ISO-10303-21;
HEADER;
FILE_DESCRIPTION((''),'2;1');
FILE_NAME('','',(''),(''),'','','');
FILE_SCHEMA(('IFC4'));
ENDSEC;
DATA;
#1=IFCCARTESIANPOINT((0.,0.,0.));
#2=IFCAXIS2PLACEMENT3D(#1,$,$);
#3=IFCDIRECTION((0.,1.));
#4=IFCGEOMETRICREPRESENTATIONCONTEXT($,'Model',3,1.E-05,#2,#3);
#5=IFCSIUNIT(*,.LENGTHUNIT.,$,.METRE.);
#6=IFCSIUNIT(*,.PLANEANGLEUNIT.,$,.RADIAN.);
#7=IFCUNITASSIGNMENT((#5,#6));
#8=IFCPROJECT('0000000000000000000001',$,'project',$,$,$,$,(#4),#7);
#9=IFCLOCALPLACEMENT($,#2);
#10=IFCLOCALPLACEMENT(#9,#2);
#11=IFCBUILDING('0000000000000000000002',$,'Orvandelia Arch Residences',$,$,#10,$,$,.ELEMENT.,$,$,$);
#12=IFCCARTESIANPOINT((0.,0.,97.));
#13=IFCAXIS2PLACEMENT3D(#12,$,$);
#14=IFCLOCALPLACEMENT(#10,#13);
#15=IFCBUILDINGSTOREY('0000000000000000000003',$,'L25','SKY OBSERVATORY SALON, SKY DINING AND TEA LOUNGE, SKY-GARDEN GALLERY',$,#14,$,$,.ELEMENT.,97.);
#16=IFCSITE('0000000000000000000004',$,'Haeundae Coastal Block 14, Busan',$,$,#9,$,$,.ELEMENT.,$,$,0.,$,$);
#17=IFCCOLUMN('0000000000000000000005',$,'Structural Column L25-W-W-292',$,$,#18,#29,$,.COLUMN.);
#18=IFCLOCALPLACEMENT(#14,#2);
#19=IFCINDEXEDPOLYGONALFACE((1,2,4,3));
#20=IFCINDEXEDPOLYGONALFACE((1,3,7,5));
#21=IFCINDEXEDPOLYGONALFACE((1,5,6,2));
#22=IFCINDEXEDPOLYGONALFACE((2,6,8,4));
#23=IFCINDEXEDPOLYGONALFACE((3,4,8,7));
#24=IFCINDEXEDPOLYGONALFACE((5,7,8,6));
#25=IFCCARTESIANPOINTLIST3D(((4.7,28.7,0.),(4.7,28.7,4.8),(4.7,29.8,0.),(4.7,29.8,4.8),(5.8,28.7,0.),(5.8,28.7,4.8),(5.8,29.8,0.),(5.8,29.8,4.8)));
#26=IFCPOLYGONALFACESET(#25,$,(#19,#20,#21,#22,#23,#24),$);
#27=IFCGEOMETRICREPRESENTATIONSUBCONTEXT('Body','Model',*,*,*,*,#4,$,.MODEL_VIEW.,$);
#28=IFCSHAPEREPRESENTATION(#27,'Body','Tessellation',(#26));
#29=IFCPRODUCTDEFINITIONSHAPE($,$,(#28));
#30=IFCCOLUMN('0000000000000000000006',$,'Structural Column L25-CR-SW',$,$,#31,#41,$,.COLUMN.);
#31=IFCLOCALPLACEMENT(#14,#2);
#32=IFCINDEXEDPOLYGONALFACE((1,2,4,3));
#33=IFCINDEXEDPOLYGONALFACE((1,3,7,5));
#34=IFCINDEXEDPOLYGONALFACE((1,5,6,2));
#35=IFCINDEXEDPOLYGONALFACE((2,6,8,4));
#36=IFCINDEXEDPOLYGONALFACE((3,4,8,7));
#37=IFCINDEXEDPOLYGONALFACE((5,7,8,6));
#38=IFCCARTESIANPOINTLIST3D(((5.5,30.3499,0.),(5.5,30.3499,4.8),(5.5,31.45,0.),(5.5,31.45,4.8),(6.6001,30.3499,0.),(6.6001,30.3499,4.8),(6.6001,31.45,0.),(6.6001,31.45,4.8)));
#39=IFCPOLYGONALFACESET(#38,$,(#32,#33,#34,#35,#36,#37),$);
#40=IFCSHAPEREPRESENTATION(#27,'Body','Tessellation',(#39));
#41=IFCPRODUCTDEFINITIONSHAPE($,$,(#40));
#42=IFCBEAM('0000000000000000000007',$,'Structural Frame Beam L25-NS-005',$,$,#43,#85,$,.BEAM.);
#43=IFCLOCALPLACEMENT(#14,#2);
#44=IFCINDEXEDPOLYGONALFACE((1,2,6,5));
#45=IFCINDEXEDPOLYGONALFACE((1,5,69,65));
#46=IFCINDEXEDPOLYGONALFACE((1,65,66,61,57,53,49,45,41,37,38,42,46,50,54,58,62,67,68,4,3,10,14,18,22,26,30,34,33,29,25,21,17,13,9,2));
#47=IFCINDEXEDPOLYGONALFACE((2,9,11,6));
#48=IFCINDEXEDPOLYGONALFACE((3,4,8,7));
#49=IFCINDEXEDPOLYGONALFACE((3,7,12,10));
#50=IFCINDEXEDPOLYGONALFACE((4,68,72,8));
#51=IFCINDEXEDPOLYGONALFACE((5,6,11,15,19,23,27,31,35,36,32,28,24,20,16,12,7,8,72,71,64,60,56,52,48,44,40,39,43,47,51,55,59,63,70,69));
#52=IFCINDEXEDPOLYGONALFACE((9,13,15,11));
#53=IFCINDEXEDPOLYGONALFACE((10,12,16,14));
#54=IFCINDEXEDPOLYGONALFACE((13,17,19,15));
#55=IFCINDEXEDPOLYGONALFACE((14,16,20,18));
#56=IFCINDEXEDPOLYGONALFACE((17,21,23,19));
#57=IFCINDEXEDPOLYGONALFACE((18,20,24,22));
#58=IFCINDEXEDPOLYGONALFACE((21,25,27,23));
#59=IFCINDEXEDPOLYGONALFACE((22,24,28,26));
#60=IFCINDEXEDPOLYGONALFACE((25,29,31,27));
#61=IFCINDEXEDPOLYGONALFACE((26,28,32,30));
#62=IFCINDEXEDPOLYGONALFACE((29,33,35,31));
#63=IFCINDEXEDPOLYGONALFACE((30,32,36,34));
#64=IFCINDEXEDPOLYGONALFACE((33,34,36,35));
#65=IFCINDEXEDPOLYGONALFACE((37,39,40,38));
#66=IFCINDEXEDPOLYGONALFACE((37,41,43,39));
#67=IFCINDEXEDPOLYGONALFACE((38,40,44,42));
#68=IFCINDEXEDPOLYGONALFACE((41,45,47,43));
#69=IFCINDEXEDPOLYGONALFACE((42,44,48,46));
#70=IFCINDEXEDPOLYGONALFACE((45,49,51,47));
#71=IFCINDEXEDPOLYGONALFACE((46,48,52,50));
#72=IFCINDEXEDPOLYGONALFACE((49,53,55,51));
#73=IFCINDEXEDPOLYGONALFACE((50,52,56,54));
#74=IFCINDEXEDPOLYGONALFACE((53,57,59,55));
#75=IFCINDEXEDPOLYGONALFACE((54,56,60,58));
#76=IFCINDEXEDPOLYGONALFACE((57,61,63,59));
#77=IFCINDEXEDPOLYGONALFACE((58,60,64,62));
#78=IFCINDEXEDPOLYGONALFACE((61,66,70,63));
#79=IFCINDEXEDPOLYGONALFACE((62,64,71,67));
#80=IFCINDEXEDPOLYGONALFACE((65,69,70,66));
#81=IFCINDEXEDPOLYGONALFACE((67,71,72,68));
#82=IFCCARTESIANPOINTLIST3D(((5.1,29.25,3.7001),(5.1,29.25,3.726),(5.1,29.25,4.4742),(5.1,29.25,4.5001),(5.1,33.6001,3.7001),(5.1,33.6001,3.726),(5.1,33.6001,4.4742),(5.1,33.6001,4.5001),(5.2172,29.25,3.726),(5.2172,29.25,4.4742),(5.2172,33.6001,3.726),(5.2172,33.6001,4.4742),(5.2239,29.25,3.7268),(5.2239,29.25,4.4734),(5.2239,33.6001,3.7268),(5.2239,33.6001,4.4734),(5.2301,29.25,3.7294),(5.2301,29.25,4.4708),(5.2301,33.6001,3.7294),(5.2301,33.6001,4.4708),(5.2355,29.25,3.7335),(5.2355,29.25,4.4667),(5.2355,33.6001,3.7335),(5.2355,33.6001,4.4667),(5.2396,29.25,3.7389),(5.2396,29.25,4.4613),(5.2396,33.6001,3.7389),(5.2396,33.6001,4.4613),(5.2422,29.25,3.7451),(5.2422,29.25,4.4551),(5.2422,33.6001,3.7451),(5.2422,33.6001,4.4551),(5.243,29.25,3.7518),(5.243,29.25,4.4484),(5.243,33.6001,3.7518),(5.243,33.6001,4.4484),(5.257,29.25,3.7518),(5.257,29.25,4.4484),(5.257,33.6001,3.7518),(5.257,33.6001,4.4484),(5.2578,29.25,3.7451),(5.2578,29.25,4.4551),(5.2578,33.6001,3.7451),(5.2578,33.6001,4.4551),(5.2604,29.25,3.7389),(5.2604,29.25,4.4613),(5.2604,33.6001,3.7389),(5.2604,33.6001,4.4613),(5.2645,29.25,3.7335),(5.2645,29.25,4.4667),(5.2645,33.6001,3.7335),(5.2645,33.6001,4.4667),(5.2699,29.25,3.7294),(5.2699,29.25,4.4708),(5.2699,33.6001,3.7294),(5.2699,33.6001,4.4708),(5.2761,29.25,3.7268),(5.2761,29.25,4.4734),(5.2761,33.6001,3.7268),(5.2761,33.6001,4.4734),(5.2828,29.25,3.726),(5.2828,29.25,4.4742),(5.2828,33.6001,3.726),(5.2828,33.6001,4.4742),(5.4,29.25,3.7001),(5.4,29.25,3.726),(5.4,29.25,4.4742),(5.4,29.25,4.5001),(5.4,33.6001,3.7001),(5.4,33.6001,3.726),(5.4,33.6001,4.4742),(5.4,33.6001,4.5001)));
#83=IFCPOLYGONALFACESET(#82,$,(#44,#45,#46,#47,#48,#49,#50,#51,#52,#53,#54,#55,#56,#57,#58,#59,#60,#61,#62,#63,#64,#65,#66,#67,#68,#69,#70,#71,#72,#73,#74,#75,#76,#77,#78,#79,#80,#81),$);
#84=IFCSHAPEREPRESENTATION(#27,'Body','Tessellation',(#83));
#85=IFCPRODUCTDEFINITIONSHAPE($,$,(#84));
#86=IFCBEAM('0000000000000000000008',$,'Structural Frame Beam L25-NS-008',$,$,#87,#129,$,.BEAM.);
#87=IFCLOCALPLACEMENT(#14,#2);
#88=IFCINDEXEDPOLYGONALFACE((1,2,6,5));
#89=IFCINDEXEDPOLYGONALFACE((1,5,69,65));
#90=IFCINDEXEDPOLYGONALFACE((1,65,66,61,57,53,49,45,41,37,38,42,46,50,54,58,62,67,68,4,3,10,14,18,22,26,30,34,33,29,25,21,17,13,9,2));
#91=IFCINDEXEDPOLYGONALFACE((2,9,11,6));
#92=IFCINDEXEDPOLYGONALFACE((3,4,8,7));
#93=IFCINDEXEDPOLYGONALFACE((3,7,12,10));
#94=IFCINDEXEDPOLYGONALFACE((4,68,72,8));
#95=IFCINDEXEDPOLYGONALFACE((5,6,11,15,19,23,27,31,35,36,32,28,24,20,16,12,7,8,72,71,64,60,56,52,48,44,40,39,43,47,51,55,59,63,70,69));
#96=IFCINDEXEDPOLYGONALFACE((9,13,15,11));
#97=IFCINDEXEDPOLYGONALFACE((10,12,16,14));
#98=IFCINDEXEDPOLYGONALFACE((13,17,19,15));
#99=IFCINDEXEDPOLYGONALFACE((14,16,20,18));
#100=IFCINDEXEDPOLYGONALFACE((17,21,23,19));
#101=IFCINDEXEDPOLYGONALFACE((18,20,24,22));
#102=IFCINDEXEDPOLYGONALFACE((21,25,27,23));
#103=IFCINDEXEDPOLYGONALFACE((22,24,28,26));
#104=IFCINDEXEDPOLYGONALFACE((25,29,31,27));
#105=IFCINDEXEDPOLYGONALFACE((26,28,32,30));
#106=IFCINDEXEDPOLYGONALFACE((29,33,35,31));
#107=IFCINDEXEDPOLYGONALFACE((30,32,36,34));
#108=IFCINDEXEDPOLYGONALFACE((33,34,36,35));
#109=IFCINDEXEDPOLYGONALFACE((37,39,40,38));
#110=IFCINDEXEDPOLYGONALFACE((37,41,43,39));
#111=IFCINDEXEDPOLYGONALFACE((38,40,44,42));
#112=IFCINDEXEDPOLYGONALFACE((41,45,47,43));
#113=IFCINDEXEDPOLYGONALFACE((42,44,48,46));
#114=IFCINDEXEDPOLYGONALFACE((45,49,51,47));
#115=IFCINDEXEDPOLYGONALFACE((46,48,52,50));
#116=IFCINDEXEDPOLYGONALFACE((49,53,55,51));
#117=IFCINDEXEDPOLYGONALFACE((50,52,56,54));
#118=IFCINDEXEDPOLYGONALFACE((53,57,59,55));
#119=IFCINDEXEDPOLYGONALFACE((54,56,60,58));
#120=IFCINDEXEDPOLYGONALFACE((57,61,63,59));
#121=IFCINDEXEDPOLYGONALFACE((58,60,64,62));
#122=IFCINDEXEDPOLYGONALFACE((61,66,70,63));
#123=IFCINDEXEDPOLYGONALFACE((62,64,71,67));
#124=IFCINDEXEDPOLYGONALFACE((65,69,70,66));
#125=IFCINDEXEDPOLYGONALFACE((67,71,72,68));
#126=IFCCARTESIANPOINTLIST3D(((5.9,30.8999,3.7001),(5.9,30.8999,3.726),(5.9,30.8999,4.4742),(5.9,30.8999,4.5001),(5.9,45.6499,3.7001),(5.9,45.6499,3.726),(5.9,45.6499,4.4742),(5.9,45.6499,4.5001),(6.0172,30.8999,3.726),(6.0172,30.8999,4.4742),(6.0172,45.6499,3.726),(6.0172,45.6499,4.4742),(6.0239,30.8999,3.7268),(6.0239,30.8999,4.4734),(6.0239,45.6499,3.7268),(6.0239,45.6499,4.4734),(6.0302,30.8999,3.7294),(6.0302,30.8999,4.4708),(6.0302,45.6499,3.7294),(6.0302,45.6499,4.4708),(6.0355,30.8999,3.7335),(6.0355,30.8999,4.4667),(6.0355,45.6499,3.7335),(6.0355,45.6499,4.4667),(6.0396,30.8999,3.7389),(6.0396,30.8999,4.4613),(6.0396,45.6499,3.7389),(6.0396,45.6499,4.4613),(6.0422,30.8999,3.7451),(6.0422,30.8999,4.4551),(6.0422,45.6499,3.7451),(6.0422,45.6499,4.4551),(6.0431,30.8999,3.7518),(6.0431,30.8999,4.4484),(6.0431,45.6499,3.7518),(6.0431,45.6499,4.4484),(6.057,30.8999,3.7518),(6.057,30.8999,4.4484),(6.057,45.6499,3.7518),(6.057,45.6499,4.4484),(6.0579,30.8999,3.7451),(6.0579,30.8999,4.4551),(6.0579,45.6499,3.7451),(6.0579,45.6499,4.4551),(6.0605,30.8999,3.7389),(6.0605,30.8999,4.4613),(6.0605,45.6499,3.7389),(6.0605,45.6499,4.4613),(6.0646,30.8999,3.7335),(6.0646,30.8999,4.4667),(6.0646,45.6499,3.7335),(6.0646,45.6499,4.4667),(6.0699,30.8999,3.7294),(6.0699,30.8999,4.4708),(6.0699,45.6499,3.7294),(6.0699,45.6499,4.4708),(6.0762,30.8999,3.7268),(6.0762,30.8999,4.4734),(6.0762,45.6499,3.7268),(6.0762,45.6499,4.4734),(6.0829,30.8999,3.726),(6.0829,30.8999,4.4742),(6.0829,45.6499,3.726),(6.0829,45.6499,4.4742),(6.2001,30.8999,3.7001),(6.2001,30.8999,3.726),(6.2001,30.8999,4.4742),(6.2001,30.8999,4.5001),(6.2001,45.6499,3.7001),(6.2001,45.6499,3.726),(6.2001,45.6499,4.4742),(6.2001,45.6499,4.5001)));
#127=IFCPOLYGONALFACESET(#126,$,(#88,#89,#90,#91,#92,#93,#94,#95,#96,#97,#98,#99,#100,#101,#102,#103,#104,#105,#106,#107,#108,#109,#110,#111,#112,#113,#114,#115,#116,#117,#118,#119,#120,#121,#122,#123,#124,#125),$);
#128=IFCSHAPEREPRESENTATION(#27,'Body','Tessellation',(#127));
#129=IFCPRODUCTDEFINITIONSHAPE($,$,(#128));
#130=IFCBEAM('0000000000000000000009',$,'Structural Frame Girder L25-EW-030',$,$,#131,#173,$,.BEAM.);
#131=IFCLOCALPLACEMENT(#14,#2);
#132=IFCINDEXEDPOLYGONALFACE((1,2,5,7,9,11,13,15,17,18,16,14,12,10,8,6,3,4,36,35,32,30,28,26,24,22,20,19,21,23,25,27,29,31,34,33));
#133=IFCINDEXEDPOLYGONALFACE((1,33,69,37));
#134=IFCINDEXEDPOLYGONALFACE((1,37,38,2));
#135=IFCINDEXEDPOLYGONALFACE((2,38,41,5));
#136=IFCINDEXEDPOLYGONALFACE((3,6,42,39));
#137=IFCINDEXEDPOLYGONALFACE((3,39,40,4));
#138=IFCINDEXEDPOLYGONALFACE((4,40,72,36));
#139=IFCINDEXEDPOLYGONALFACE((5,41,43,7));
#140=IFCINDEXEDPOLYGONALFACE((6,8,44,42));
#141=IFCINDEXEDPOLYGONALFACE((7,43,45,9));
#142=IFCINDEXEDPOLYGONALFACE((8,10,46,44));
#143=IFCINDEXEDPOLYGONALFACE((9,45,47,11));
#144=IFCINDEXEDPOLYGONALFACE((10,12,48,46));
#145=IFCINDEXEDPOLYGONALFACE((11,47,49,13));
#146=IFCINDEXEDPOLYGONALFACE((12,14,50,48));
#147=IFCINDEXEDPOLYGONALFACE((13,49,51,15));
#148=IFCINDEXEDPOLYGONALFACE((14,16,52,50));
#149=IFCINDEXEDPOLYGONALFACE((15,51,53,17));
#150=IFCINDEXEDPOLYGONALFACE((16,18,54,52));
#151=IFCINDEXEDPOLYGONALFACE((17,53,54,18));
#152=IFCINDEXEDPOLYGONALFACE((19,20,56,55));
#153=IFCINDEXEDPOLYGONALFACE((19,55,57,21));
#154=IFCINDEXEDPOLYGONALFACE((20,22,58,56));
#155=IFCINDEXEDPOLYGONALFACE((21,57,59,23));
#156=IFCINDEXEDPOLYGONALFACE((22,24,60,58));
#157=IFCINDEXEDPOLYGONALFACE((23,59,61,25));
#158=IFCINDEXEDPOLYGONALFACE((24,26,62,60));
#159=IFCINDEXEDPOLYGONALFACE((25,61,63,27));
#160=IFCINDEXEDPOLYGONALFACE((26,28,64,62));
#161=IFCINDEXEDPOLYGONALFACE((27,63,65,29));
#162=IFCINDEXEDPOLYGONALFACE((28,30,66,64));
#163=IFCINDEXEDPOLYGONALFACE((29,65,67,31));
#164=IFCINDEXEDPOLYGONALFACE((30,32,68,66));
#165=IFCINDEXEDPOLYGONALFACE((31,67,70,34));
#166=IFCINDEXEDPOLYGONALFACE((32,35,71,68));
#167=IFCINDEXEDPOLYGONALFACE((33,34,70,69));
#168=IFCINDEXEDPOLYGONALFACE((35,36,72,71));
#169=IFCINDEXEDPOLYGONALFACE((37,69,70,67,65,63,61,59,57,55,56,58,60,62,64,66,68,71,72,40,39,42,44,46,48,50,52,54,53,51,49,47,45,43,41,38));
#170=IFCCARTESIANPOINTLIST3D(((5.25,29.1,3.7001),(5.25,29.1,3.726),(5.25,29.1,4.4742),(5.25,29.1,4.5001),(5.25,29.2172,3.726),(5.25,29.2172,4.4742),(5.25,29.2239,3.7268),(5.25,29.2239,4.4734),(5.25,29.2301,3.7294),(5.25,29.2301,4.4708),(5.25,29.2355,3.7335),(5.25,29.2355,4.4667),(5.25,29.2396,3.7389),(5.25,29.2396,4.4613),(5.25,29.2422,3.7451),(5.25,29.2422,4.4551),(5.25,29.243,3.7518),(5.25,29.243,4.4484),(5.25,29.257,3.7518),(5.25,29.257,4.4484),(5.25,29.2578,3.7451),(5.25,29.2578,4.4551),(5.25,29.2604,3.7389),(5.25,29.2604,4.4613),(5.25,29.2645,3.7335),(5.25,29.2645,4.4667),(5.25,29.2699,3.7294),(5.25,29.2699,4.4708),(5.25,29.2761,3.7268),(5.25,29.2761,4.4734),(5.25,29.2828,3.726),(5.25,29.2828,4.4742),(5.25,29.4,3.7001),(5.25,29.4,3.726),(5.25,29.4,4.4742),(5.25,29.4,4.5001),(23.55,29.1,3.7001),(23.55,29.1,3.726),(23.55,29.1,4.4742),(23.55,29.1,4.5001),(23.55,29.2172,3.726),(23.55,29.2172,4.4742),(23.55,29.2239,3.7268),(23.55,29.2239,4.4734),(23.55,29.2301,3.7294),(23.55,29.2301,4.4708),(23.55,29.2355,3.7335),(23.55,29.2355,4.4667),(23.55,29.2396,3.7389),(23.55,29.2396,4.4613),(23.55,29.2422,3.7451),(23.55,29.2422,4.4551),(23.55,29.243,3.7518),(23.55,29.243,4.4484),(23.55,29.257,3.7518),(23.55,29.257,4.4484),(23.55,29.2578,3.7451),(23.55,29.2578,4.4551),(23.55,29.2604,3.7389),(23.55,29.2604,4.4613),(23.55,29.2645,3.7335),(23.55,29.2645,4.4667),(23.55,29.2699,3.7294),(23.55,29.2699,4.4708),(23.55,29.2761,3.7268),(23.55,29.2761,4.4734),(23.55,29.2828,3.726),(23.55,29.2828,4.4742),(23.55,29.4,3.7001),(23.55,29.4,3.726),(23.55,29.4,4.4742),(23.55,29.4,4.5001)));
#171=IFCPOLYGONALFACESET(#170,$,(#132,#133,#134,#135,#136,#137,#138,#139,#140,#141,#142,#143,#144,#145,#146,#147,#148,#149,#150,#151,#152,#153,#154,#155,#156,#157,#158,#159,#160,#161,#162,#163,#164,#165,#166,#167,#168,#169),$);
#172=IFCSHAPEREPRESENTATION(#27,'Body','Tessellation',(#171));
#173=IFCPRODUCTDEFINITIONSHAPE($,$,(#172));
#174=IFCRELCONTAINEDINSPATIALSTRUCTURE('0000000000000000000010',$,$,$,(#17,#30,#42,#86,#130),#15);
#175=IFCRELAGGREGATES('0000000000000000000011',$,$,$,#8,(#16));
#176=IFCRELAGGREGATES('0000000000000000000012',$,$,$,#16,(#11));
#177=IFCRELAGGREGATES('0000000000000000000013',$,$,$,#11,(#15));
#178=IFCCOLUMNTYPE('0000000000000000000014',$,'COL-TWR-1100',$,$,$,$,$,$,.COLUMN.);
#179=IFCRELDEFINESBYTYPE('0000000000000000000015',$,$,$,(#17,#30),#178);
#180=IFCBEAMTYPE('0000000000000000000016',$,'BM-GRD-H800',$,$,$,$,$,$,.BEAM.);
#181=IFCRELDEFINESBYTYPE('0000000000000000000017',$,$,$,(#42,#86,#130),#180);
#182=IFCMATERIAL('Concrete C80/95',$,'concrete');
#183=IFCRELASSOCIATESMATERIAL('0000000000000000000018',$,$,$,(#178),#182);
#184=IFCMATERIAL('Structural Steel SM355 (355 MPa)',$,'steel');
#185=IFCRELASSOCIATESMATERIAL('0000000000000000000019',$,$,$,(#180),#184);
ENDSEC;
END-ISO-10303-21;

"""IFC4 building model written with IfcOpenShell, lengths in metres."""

from ifc_helpers import new_model, si_unit, direction, frame, origin, origin_2d, place, context, subcontext, project, spatial, rectangle, i_section, extrude, material, material_profile, profile_set, type_object, element, save


model = new_model("IFC4")

# Units and contexts
model_context = context("Model", 3, precision=1e-05, world=origin(), true_north=direction((0.0, 1.0)))
body_context = subcontext(model_context, "Body", "Model", "MODEL_VIEW")
ifc_project = project(units=[si_unit("LENGTHUNIT", "METRE"), si_unit("PLANEANGLEUNIT", "RADIAN")], contexts=[model_context])

# Site, building, storey
site_placement = place(None, origin())
site = spatial("IfcSite", under=ifc_project, at=site_placement, Name="Haeundae Coastal Block 14, Busan", CompositionType="ELEMENT", RefElevation=0.0)
building_placement = place(site_placement, origin())
building = spatial("IfcBuilding", under=site, at=building_placement, Name="Orvandelia Arch Residences", CompositionType="ELEMENT")
storey_placement = place(building_placement, frame((0.0, 0.0, 97.0)))
storey = spatial("IfcBuildingStorey", under=building, at=storey_placement, Name="L25", Description="SKY OBSERVATORY SALON, SKY DINING AND TEA LOUNGE, SKY-GARDEN GALLERY", CompositionType="ELEMENT", Elevation=97.0)

# Columns
ifc_material_1 = material(Name="Concrete C80/95", Category="concrete")
ifc_material_profile_1 = material_profile(ifc_material_1, rectangle(XDim=1.1001, YDim=1.1001, at=origin_2d()), Name="Concrete C80/95", Category="concrete")
ifc_profile_set_1 = profile_set([ifc_material_profile_1], Name="Concrete C80/95")
column_type = type_object("IfcColumnType", Name="COL-TWR-1100", PredefinedType="COLUMN", material=ifc_profile_set_1)
for number, where, z_axis, x_axis, name in (
    (1, (5.25, 29.25, 0.0), (0.0, 0.0, 1.0), (1.0, 0.0, 0.0), "Structural Column L25-W-W-292"),
    (2, (6.05, 30.8999, 0.0), (0.0, 0.0, 1.0), (1.0, 0.0, 0.0), "Structural Column L25-CR-SW"),
):
    element("IfcColumn", number, at=place(storey_placement, frame(where, z_axis=z_axis, x_axis=x_axis)), inside=storey, type_object=column_type, Name=name, PredefinedType="COLUMN", context=body_context, shape_type="SweptSolid", body=[
        extrude(rectangle(XDim=1.1001, YDim=1.1001, at=origin_2d()), origin(), (0.0, 0.0, 1.0), 4.8),
    ])

# Beams
ifc_material_2 = material(Name="Structural Steel SM355 (355 MPa)", Category="steel")
ifc_material_profile_2 = material_profile(ifc_material_2, i_section(OverallWidth=0.3, OverallDepth=0.8, WebThickness=0.0139, FlangeThickness=0.0259, FilletRadius=0.0259, at=origin_2d()), Name="Structural Steel SM355 (355 MPa)", Category="steel")
ifc_profile_set_2 = profile_set([ifc_material_profile_2], Name="Structural Steel SM355 (355 MPa)")
beam_type = type_object("IfcBeamType", Name="BM-GRD-H800", PredefinedType="BEAM", material=ifc_profile_set_2)
beam_1_placement = place(storey_placement, frame((5.25, 29.25, 4.1001), z_axis=(0.0, 1.0, 0.0), x_axis=(-1.0, 0.0, 0.0)))
element("IfcBeam", 3, at=beam_1_placement, inside=storey, type_object=beam_type, Name="Structural Frame Beam L25-NS-005", PredefinedType="BEAM", context=body_context, shape_type="SweptSolid", body=[
    extrude(i_section(OverallWidth=0.3, OverallDepth=0.8, WebThickness=0.0139, FlangeThickness=0.0259, FilletRadius=0.0259, at=origin_2d()), origin(), (0.0, 0.0, 1.0), 4.3501),
])
beam_2_placement = place(storey_placement, frame((6.05, 30.8999, 4.1001), z_axis=(0.0, 1.0, 0.0), x_axis=(-1.0, 0.0, 0.0)))
element("IfcBeam", 4, at=beam_2_placement, inside=storey, type_object=beam_type, Name="Structural Frame Beam L25-NS-008", PredefinedType="BEAM", context=body_context, shape_type="SweptSolid", body=[
    extrude(i_section(OverallWidth=0.3, OverallDepth=0.8, WebThickness=0.0139, FlangeThickness=0.0259, FilletRadius=0.0259, at=origin_2d()), origin(), (0.0, 0.0, 1.0), 14.75),
])
beam_3_placement = place(storey_placement, frame((5.25, 29.25, 4.1001), z_axis=(1.0, 0.0, 0.0), x_axis=(0.0, 1.0, 0.0)))
element("IfcBeam", 5, at=beam_3_placement, inside=storey, type_object=beam_type, Name="Structural Frame Girder L25-EW-030", PredefinedType="BEAM", context=body_context, shape_type="SweptSolid", body=[
    extrude(i_section(OverallWidth=0.3, OverallDepth=0.8, WebThickness=0.0139, FlangeThickness=0.0259, FilletRadius=0.0259, at=origin_2d()), origin(), (0.0, 0.0, 1.0), 18.3),
])

save(model, "model.ifc")
